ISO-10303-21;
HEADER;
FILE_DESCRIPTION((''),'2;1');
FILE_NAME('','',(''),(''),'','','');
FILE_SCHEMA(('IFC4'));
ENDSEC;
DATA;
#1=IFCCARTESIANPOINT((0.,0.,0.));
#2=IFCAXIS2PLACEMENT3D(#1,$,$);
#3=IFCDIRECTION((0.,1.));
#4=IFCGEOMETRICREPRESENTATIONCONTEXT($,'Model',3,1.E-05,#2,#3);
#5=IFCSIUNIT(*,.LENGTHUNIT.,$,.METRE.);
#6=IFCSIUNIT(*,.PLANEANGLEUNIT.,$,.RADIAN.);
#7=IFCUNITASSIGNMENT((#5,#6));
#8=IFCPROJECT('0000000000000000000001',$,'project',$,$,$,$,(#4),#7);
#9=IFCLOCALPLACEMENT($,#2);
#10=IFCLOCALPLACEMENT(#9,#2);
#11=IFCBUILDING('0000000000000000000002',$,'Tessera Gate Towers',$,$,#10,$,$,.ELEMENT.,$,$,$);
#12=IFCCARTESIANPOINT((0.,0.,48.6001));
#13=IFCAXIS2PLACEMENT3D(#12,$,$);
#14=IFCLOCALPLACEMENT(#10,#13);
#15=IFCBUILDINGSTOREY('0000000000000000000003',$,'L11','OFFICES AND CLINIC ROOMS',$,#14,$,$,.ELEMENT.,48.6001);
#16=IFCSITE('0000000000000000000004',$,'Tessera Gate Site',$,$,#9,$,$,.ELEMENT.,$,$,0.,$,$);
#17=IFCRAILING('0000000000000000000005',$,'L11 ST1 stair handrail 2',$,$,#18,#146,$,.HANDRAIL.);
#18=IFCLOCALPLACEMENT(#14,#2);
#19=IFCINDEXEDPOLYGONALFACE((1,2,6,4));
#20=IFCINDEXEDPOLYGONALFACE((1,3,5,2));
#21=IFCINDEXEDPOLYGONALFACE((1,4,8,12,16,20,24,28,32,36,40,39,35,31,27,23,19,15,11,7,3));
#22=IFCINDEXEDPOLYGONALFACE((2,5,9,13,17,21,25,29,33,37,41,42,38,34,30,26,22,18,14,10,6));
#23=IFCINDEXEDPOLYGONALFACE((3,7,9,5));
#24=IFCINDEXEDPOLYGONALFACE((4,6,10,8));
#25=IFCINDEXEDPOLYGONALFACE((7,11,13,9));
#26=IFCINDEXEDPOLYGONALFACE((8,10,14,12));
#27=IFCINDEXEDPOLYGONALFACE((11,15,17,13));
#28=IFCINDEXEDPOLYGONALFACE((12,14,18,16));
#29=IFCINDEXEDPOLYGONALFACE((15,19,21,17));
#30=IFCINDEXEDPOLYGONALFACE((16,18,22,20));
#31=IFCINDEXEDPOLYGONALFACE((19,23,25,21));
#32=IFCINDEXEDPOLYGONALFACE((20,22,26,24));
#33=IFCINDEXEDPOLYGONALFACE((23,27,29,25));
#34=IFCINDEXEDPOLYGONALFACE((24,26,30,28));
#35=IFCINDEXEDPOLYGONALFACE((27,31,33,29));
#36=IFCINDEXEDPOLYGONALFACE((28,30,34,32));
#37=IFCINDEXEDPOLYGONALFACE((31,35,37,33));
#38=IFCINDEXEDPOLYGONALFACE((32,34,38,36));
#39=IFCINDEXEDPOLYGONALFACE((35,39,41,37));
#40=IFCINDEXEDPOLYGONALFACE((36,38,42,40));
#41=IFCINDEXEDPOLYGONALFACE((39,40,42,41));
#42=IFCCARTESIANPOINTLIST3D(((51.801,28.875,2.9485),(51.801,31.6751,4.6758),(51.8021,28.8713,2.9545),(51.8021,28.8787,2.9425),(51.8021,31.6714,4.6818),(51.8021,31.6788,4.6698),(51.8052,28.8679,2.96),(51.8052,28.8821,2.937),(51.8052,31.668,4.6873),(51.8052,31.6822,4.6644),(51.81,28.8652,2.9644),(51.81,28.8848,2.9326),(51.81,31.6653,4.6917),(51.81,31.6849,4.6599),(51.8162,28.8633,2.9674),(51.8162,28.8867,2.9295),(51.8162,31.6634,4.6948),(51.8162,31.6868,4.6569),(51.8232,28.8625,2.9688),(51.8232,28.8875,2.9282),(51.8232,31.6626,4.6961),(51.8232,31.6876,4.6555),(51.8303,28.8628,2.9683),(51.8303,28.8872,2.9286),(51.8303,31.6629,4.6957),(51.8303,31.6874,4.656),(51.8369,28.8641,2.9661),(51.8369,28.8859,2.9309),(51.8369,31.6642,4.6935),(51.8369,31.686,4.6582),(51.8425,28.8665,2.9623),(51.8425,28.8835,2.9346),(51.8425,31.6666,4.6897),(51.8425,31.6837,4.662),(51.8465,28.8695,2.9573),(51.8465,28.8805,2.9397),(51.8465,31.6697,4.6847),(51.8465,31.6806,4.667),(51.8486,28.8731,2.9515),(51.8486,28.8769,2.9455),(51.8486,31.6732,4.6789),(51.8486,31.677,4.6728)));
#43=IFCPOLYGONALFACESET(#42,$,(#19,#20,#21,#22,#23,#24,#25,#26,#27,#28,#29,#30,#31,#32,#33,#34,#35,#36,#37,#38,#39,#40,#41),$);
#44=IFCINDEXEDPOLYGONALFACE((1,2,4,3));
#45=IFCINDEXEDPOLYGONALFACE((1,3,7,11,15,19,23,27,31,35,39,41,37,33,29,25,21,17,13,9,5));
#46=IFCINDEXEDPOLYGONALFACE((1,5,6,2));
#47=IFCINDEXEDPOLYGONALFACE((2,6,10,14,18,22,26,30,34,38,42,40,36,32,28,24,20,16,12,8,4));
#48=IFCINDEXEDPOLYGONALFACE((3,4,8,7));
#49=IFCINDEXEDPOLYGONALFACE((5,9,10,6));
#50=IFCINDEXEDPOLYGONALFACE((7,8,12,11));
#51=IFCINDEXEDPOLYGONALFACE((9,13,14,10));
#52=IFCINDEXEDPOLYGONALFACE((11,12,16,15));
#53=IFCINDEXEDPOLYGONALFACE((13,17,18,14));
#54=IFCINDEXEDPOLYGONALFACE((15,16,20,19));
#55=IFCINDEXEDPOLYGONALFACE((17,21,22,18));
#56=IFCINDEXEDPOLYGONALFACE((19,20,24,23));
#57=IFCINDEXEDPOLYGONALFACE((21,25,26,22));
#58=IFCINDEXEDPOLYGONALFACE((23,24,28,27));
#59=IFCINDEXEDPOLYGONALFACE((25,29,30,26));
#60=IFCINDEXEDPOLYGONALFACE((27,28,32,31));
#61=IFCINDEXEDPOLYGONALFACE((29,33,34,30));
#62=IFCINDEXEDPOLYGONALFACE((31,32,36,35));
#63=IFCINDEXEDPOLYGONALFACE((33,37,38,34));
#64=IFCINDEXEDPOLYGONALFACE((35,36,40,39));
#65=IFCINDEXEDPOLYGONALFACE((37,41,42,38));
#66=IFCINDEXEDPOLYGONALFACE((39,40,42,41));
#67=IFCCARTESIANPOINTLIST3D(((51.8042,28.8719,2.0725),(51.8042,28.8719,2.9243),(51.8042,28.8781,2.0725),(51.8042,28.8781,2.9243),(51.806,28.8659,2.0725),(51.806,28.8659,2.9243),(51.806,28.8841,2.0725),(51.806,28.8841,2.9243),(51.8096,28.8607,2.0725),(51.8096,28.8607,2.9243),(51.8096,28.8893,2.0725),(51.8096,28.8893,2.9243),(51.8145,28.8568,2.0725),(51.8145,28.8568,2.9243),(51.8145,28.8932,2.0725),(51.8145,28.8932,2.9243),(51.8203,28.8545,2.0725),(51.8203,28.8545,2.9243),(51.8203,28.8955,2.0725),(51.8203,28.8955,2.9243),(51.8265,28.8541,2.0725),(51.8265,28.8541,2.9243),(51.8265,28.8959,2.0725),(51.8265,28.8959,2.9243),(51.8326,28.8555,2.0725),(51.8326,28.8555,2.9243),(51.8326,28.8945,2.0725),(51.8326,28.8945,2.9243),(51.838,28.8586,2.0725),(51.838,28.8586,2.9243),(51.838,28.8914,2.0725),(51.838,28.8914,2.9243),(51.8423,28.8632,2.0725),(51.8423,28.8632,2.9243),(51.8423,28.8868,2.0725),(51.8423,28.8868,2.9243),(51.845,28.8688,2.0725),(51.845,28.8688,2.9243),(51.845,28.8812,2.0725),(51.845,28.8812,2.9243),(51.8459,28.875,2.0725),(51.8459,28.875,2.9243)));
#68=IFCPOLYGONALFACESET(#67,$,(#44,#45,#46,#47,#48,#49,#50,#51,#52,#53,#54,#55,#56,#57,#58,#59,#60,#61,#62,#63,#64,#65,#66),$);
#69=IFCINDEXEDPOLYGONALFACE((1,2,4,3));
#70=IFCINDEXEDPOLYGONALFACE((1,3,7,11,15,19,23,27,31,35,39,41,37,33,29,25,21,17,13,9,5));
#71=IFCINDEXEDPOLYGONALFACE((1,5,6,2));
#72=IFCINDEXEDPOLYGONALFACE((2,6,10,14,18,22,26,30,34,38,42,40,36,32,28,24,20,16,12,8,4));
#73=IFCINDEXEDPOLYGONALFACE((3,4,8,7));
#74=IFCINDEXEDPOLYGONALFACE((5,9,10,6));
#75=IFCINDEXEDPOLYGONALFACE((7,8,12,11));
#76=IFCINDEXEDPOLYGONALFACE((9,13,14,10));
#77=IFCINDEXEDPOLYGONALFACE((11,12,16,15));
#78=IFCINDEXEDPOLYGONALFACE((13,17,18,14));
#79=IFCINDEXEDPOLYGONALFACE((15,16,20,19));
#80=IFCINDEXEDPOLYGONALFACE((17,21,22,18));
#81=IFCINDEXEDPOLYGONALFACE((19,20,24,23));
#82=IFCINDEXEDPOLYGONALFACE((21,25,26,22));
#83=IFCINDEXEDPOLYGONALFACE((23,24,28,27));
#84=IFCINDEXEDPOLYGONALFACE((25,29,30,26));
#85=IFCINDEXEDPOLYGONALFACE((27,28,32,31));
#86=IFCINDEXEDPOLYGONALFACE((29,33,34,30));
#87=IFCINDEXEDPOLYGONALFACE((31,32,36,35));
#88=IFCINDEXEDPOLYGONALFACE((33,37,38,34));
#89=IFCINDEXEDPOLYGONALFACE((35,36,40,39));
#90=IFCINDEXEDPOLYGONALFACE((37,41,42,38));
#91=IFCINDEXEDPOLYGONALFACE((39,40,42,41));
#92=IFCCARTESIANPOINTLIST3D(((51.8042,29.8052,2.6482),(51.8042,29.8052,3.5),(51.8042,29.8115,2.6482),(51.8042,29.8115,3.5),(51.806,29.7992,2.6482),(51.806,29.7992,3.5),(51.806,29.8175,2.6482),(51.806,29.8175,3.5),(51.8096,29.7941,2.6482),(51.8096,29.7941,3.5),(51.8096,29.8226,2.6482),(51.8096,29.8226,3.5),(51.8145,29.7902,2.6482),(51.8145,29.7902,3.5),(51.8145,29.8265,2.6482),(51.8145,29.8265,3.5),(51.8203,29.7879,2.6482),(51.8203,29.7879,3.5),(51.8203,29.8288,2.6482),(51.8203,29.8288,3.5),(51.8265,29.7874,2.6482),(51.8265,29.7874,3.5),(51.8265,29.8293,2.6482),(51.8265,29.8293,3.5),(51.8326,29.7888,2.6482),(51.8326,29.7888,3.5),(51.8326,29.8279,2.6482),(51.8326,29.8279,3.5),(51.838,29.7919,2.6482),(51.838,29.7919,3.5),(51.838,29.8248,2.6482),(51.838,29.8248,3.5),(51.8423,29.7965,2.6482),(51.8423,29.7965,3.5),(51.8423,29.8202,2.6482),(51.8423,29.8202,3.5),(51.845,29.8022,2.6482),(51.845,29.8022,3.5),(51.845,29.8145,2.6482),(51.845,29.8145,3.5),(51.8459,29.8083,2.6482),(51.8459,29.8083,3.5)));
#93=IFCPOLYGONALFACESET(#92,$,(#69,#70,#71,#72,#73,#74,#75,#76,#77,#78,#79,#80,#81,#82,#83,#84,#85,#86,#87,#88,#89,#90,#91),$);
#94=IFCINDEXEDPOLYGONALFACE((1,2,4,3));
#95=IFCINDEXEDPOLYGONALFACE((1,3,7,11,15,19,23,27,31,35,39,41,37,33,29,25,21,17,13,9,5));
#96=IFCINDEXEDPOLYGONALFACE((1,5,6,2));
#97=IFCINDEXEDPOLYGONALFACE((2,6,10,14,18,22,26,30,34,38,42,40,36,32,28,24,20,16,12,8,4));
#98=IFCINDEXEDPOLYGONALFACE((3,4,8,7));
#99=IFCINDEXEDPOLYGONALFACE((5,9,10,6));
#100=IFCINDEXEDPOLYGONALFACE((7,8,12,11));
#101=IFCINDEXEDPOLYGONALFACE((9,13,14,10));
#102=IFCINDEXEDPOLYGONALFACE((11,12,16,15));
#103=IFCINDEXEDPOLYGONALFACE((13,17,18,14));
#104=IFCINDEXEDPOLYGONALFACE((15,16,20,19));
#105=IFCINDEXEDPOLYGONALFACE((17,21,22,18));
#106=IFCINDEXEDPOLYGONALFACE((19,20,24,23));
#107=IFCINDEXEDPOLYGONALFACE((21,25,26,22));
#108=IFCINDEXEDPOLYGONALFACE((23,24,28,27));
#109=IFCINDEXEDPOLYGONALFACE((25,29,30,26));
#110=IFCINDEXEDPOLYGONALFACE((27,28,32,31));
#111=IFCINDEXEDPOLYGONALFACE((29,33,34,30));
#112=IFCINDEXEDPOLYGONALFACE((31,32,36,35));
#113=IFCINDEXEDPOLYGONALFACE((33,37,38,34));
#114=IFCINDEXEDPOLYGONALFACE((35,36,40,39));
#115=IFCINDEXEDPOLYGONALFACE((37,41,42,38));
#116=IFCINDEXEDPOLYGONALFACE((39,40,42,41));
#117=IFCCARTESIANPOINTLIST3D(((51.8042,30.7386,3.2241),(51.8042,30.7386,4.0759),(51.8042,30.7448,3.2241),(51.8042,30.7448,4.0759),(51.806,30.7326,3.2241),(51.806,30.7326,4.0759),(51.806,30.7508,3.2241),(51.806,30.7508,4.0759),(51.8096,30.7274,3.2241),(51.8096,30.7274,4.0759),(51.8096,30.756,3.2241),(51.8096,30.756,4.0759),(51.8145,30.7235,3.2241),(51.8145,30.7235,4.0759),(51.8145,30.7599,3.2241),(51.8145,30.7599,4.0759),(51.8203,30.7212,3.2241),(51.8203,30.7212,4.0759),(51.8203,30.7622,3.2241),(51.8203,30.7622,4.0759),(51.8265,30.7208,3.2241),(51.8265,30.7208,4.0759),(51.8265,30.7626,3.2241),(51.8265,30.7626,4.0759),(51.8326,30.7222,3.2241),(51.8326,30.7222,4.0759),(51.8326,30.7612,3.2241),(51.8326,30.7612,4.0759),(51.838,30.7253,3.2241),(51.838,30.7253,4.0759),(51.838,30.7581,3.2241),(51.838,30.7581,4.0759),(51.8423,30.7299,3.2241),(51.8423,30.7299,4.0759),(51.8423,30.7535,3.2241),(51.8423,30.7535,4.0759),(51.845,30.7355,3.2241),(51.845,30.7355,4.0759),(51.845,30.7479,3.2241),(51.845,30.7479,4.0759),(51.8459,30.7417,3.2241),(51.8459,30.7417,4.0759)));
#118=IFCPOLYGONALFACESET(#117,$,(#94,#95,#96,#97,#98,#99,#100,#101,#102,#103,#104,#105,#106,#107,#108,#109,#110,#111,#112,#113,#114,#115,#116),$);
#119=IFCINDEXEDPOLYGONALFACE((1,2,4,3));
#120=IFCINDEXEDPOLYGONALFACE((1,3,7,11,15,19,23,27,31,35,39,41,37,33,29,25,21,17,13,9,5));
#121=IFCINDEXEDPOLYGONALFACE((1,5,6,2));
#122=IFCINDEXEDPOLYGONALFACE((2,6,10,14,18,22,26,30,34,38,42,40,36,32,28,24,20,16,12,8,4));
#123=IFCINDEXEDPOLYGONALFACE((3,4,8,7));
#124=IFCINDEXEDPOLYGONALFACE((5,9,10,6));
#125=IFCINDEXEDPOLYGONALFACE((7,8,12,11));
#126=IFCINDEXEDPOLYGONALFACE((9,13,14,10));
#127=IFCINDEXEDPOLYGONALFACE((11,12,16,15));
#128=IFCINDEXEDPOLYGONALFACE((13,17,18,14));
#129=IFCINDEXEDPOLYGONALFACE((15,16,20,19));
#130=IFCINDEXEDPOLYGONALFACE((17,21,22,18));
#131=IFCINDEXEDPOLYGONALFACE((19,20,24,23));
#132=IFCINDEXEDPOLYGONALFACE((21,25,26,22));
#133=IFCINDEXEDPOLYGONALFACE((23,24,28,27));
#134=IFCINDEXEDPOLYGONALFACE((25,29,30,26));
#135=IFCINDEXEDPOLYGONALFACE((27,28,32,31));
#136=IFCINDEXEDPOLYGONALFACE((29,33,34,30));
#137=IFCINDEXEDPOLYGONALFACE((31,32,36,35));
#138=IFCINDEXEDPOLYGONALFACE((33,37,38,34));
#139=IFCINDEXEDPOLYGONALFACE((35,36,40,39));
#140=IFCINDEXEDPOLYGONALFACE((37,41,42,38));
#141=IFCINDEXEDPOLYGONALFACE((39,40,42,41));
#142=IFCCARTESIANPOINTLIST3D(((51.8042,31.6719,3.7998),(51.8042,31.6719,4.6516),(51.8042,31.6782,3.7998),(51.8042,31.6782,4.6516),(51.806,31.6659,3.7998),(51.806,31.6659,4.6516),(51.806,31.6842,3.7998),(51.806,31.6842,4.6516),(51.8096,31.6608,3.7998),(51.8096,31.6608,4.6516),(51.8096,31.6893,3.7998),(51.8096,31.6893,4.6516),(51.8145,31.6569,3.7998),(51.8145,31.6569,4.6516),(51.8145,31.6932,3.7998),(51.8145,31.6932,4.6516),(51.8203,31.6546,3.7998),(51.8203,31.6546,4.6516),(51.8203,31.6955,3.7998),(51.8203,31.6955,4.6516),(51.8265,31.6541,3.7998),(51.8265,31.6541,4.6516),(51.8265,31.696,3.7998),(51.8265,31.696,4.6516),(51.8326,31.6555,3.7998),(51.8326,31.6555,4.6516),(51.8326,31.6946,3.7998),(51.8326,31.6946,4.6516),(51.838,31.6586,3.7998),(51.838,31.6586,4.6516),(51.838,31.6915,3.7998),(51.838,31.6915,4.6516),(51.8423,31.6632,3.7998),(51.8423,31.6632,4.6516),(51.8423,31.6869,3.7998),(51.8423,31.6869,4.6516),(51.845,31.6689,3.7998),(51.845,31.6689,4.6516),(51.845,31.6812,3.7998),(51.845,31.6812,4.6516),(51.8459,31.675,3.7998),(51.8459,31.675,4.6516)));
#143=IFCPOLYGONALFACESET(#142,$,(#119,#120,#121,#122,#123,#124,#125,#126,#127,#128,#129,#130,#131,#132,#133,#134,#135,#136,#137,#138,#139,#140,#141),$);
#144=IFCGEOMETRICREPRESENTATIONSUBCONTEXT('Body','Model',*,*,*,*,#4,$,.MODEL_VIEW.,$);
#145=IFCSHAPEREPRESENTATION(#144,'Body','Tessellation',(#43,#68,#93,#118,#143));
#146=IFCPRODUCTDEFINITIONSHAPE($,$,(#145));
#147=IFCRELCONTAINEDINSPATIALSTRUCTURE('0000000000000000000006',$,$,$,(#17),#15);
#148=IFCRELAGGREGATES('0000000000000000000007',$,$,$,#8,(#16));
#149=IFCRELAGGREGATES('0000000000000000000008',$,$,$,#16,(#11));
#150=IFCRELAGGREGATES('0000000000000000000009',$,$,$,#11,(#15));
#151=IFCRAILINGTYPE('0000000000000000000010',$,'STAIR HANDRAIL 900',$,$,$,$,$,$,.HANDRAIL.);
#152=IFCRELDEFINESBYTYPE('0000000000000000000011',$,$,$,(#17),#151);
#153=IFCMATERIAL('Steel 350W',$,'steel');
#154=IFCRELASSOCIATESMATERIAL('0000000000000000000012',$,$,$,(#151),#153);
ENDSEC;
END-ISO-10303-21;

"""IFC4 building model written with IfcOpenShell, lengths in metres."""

from ifc_helpers import new_model, si_unit, direction, frame, origin, origin_2d, place, context, subcontext, project, spatial, circle, extrude, material, type_object, element, save


model = new_model("IFC4")

# Units and contexts
model_context = context("Model", 3, precision=1e-05, world=origin(), true_north=direction((0.0, 1.0)))
body_context = subcontext(model_context, "Body", "Model", "MODEL_VIEW")
ifc_project = project(units=[si_unit("LENGTHUNIT", "METRE"), si_unit("PLANEANGLEUNIT", "RADIAN")], contexts=[model_context])

# Site, building, storey
site_placement = place(None, origin())
site = spatial("IfcSite", under=ifc_project, at=site_placement, Name="Tessera Gate Site", CompositionType="ELEMENT", RefElevation=0.0)
building_placement = place(site_placement, origin())
building = spatial("IfcBuilding", under=site, at=building_placement, Name="Tessera Gate Towers", CompositionType="ELEMENT")
storey_placement = place(building_placement, frame((0.0, 0.0, 48.6001)))
storey = spatial("IfcBuildingStorey", under=building, at=storey_placement, Name="L11", Description="OFFICES AND CLINIC ROOMS", CompositionType="ELEMENT", Elevation=48.6001)

# Railing
ifc_material_1 = material(Name="Steel 350W", Category="steel")
railing_type = type_object("IfcRailingType", Name="STAIR HANDRAIL 900", PredefinedType="HANDRAIL", material=ifc_material_1)
railing_1_placement = place(storey_placement, frame((51.825, 28.875, 2.0725)))
element("IfcRailing", 1, at=railing_1_placement, inside=storey, type_object=railing_type, Name="L11 ST1 stair handrail 2", PredefinedType="HANDRAIL", context=body_context, shape_type="SweptSolid", body=[
    extrude(circle(Radius=0.0239, at=origin_2d()), frame((0.0, 0.0, 0.876), z_axis=(0.0, 0.85109, 0.52502), x_axis=(-1.0, 0.0, 0.0)), (0.0, 0.0, 1.0), 3.29),
    extrude(circle(Radius=0.021, at=origin_2d()), origin(), (0.0, 0.0, 1.0), 0.8518),
    extrude(circle(Radius=0.021, at=origin_2d()), frame((0.0, 0.9333, 0.5757)), (0.0, 0.0, 1.0), 0.8518),
    extrude(circle(Radius=0.021, at=origin_2d()), frame((0.0, 1.8667, 1.1516)), (0.0, 0.0, 1.0), 0.8518),
    extrude(circle(Radius=0.021, at=origin_2d()), frame((0.0, 2.8, 1.7273)), (0.0, 0.0, 1.0), 0.8518),
])

save(model, "model.ifc")
